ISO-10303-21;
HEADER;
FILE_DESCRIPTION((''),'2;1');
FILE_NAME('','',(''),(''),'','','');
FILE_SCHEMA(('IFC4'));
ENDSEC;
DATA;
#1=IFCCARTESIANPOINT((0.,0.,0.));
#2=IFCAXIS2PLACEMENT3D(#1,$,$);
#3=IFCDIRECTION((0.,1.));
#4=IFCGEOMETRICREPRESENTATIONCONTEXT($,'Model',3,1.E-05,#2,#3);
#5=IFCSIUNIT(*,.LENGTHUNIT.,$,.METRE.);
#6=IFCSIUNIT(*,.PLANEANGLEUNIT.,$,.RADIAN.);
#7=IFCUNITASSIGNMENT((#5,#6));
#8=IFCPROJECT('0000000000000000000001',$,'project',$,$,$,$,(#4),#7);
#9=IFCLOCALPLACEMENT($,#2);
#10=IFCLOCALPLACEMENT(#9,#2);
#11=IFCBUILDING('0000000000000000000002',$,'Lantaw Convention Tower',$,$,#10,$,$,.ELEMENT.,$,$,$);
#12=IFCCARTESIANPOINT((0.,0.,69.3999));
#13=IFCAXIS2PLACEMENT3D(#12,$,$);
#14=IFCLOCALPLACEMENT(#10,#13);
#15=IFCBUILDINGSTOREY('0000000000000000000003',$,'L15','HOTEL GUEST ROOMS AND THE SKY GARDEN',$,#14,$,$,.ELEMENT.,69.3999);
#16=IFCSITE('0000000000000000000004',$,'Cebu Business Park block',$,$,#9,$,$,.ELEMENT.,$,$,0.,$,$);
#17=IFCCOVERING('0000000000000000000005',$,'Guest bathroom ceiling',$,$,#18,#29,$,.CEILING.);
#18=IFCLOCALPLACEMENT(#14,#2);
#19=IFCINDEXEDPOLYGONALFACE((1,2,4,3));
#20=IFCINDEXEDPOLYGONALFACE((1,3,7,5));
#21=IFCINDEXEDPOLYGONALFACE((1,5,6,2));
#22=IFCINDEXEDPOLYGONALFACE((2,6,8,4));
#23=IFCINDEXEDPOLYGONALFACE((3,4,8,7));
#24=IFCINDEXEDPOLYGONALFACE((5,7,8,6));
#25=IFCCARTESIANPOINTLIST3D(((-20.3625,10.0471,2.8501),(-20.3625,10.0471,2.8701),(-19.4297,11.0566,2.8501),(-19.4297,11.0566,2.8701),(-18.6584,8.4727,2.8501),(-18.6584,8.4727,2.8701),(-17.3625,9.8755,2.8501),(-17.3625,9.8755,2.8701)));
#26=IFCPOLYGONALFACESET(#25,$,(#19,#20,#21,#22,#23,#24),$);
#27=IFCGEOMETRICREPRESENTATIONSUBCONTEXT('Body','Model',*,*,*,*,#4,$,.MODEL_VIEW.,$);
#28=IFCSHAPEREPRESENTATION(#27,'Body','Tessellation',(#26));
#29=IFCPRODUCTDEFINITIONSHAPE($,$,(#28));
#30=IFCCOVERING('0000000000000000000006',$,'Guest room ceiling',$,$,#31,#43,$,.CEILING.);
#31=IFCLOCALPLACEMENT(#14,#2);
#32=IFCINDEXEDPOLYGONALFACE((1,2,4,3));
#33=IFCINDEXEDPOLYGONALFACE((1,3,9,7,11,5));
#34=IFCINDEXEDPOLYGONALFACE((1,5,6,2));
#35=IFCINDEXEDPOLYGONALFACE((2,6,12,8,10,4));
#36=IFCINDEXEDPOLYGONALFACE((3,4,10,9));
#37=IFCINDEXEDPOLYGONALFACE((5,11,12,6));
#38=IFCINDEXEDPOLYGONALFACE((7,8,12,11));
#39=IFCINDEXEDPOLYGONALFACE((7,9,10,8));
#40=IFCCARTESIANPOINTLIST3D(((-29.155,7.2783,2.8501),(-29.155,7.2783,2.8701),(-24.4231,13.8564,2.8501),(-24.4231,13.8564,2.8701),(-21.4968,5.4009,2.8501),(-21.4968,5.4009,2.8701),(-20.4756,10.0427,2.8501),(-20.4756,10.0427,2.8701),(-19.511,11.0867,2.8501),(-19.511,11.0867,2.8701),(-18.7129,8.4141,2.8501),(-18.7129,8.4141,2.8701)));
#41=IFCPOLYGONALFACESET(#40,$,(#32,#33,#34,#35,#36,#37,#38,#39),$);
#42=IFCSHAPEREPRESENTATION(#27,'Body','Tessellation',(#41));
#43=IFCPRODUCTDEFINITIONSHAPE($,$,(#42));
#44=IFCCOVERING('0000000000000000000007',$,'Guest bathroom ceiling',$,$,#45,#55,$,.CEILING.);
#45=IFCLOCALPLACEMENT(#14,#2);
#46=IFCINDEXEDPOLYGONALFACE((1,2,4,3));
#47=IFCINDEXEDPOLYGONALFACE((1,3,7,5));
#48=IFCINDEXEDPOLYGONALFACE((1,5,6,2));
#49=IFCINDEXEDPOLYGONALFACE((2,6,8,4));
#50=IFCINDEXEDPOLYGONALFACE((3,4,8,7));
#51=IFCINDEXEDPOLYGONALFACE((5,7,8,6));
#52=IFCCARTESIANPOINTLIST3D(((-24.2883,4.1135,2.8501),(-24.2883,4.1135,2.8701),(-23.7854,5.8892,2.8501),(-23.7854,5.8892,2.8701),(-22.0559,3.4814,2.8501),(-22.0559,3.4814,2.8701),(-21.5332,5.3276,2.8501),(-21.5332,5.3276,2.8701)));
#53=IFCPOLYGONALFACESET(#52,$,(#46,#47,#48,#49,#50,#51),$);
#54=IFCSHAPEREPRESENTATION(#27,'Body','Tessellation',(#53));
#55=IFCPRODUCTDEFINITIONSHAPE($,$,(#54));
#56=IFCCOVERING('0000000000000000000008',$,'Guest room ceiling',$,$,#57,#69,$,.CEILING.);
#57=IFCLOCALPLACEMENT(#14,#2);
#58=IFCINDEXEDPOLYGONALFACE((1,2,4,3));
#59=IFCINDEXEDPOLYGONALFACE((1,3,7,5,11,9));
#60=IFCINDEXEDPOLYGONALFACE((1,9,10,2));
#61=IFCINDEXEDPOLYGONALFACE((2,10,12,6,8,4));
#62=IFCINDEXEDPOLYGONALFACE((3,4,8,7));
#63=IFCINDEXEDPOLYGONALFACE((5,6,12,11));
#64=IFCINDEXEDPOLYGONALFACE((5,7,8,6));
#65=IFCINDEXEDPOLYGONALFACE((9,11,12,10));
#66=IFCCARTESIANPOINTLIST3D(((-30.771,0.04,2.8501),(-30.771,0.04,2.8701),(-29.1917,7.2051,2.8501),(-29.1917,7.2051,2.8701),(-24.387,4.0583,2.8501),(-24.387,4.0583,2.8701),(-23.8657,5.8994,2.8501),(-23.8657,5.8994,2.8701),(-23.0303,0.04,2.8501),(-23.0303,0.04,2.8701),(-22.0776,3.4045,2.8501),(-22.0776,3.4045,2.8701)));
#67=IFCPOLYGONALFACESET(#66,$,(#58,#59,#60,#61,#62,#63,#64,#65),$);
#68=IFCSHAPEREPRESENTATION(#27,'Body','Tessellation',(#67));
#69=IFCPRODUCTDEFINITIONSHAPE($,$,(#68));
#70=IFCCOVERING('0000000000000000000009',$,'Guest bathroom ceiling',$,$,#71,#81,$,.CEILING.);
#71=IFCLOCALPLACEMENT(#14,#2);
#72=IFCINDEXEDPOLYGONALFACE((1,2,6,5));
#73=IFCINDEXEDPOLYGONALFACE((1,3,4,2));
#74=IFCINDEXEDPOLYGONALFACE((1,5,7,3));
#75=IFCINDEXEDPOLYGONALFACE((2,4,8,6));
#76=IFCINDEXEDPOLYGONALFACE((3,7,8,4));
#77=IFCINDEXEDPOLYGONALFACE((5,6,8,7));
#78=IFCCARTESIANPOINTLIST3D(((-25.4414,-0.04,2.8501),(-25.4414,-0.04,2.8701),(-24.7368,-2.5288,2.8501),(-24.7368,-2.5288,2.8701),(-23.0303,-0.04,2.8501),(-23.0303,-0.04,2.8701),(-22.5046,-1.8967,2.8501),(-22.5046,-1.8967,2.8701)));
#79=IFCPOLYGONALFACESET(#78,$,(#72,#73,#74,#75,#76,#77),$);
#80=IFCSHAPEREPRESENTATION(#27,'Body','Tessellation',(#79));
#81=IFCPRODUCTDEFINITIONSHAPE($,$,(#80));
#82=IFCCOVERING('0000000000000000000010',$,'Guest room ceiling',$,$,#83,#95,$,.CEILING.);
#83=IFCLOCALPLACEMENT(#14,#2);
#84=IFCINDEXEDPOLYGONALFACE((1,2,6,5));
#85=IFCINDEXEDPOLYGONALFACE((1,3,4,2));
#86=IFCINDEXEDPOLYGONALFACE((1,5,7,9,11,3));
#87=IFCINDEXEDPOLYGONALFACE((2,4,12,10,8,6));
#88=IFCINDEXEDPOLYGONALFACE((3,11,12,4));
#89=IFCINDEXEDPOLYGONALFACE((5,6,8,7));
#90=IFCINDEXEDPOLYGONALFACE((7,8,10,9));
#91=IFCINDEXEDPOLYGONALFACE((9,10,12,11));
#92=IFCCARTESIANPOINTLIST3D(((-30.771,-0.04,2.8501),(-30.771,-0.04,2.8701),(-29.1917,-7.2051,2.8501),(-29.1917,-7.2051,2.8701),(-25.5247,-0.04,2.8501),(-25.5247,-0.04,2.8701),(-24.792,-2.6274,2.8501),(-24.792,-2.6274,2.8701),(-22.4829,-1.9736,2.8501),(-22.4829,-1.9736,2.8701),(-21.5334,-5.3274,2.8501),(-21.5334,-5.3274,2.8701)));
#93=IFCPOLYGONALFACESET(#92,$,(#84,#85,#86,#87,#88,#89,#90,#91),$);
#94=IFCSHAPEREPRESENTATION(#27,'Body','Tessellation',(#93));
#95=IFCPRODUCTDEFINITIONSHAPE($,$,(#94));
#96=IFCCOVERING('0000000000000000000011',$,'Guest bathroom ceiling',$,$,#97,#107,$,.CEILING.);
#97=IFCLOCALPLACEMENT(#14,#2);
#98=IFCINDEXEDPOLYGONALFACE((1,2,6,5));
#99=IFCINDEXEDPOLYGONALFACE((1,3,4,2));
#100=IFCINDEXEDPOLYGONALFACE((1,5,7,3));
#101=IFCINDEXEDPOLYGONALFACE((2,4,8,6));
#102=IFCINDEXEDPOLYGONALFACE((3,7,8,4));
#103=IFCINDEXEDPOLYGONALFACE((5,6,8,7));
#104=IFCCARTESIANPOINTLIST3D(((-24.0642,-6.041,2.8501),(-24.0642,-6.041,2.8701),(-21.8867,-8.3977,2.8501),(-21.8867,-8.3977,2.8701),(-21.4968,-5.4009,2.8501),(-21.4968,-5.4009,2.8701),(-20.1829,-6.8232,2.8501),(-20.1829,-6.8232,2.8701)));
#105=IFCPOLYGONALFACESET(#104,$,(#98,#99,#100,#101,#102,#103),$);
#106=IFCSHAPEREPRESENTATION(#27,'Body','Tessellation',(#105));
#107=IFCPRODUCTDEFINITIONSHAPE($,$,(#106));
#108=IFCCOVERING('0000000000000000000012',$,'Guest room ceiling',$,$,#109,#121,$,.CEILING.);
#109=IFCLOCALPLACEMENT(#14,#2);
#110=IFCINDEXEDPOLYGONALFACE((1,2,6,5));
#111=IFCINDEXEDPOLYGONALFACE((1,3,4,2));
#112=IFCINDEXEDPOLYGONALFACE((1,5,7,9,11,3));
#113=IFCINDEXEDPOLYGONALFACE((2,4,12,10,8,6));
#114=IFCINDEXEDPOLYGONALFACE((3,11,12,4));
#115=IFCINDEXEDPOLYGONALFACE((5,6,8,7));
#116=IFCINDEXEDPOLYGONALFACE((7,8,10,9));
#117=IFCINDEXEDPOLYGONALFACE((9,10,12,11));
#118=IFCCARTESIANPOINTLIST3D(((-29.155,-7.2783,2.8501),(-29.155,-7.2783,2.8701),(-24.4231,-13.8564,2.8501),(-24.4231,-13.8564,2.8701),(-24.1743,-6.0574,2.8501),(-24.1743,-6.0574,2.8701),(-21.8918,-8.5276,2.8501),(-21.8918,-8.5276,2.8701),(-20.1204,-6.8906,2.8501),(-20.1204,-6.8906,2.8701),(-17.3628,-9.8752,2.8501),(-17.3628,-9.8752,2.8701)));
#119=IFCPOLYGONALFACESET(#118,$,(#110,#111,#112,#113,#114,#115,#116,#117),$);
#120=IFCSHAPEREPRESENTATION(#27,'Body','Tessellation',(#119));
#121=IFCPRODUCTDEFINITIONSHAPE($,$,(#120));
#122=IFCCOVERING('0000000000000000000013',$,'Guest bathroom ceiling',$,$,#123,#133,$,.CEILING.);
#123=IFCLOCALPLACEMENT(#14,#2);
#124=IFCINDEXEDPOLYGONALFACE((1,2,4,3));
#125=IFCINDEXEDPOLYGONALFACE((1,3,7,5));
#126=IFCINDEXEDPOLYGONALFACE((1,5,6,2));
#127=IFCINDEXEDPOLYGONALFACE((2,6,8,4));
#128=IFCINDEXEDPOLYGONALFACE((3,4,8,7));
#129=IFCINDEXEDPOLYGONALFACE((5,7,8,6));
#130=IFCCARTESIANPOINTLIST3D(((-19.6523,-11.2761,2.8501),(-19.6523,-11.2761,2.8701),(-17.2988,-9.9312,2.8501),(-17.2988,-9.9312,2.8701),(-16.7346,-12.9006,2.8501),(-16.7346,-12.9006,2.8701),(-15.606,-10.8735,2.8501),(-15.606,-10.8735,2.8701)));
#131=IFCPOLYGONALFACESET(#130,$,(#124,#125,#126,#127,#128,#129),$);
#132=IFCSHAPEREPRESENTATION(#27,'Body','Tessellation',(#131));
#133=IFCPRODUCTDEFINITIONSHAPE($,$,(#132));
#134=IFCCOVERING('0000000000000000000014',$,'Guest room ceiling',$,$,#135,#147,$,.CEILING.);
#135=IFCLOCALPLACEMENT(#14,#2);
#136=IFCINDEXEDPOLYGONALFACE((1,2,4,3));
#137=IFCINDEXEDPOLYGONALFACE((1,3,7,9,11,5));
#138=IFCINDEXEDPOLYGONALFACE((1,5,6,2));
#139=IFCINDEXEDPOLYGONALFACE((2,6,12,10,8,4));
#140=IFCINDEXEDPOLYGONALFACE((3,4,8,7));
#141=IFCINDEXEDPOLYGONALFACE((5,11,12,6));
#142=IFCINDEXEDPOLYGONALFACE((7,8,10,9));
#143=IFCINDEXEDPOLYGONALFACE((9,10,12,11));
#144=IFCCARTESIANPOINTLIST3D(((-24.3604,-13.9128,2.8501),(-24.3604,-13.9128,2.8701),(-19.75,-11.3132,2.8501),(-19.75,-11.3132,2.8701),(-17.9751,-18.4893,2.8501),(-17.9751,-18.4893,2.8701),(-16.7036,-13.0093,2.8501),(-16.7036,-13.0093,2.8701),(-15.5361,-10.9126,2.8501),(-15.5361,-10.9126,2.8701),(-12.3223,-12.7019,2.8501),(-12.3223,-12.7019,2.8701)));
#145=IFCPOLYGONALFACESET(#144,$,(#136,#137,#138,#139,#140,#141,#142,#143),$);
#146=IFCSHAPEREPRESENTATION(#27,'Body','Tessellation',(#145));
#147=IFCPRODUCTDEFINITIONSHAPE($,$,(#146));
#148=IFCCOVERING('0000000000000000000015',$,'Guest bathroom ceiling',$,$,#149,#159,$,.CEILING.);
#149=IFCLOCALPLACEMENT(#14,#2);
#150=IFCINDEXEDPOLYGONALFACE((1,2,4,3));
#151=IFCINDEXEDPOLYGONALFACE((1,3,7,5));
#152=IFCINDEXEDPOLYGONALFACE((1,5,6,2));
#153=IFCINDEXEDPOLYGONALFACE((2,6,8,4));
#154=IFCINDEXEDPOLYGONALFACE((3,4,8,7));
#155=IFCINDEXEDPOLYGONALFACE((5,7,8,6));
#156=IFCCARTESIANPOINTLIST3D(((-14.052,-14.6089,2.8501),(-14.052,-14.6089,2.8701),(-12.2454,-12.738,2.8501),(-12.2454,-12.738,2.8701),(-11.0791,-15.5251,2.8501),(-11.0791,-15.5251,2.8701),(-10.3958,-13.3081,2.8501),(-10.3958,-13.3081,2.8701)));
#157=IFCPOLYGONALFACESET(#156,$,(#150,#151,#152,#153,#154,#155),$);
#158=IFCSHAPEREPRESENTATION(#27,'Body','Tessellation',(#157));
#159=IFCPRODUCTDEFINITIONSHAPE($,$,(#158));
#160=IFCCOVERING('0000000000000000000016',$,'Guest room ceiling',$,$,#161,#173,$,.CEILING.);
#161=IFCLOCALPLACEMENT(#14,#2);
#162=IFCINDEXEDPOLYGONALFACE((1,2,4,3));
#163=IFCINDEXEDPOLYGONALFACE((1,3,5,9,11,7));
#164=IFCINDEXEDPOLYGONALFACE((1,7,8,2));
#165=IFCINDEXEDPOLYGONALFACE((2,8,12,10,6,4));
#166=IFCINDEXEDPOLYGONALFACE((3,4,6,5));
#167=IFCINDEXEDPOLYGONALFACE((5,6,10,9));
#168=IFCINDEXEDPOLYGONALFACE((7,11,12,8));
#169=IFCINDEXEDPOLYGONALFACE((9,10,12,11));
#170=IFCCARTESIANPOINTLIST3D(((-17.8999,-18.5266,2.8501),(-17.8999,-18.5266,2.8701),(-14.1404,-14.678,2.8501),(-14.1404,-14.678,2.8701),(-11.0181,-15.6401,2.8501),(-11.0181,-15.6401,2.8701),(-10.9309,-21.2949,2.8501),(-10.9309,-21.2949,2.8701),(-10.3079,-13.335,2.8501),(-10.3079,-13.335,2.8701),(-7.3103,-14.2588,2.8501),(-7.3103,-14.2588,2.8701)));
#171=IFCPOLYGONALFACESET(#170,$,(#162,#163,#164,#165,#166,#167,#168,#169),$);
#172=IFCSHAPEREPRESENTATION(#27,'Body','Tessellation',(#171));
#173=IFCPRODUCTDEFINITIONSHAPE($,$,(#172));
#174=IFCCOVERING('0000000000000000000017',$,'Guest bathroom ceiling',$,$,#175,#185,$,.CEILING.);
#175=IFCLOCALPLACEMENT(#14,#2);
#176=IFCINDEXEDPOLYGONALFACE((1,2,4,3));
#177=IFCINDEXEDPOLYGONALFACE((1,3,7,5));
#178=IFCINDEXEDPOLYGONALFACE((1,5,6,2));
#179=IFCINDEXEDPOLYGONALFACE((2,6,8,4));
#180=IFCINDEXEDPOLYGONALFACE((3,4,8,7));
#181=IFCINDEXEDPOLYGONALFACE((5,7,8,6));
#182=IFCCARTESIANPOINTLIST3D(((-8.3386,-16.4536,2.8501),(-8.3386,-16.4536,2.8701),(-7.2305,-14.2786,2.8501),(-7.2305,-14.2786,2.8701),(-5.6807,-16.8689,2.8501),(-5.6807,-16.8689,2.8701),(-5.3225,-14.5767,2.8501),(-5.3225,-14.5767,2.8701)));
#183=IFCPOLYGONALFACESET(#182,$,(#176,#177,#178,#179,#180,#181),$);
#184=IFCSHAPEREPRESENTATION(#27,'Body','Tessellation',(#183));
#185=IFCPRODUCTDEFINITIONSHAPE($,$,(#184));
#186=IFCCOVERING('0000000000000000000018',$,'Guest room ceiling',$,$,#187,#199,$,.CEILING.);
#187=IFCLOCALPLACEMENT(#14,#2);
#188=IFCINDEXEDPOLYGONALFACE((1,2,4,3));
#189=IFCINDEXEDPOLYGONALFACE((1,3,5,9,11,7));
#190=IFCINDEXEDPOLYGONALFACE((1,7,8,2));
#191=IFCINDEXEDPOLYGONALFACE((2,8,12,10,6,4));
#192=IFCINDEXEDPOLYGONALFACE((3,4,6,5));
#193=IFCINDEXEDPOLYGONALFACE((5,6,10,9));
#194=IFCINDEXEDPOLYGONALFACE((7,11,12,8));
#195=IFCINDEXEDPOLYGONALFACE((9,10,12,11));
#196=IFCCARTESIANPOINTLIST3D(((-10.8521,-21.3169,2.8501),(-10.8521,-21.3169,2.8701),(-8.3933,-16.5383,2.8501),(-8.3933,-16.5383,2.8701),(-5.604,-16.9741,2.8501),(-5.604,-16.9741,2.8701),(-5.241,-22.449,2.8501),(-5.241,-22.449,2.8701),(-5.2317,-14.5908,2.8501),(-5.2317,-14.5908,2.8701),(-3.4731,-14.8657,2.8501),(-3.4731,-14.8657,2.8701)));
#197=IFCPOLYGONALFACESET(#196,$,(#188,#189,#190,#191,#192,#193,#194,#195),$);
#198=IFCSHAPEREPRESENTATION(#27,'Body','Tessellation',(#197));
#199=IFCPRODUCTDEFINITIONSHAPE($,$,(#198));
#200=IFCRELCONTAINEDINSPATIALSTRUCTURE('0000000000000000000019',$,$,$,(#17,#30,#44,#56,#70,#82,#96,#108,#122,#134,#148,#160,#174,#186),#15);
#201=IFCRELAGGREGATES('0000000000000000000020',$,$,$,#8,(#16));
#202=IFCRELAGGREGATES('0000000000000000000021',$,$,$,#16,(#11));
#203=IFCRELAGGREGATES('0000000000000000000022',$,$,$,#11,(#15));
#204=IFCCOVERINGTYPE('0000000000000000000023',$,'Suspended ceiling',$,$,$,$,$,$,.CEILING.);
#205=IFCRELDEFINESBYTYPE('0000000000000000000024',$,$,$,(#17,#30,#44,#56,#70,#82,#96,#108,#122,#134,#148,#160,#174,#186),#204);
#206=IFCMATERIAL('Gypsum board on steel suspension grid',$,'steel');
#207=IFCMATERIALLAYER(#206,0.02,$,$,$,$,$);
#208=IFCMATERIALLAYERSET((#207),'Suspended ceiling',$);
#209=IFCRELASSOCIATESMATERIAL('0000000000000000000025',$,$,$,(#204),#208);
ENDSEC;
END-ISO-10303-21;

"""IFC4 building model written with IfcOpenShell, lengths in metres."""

from ifc_helpers import new_model, si_unit, direction, frame, origin, place, context, subcontext, project, spatial, polyline, outline, extrude, material, layer, layer_set, type_object, element, save


model = new_model("IFC4")

# Units and contexts
model_context = context("Model", 3, precision=1e-05, world=origin(), true_north=direction((0.0, 1.0)))
body_context = subcontext(model_context, "Body", "Model", "MODEL_VIEW")
ifc_project = project(units=[si_unit("LENGTHUNIT", "METRE"), si_unit("PLANEANGLEUNIT", "RADIAN")], contexts=[model_context])

# Site, building, storey
site_placement = place(None, origin())
site = spatial("IfcSite", under=ifc_project, at=site_placement, Name="Cebu Business Park block", CompositionType="ELEMENT", RefElevation=0.0)
building_placement = place(site_placement, origin())
building = spatial("IfcBuilding", under=site, at=building_placement, Name="Lantaw Convention Tower", CompositionType="ELEMENT")
storey_placement = place(building_placement, frame((0.0, 0.0, 69.3999)))
storey = spatial("IfcBuildingStorey", under=building, at=storey_placement, Name="L15", Description="HOTEL GUEST ROOMS AND THE SKY GARDEN", CompositionType="ELEMENT", Elevation=69.3999)

# Coverings
ifc_material_1 = material(Name="Gypsum board on steel suspension grid", Category="steel")
ifc_layer_1 = layer(ifc_material_1, 0.02)
ifc_layer_set_1 = layer_set([ifc_layer_1], Name="Suspended ceiling")
covering_type = type_object("IfcCoveringType", Name="Suspended ceiling", PredefinedType="CEILING", material=ifc_layer_set_1)
covering_1_placement = place(storey_placement, frame((0.0, 0.0, 2.8501)))
element("IfcCovering", 1, at=covering_1_placement, inside=storey, type_object=covering_type, Name="Guest bathroom ceiling", PredefinedType="CEILING", context=body_context, shape_type="SweptSolid", body=[
    extrude(outline(polyline([(-17.3625, 9.8755), (-19.4297, 11.0566), (-20.3625, 10.0471), (-18.6584, 8.4727), (-17.3625, 9.8755)])), origin(), (0.0, 0.0, 1.0), 0.02),
])
covering_2_placement = place(storey_placement, frame((0.0, 0.0, 2.8501)))
element("IfcCovering", 2, at=covering_2_placement, inside=storey, type_object=covering_type, Name="Guest room ceiling", PredefinedType="CEILING", context=body_context, shape_type="SweptSolid", body=[
    extrude(outline(polyline([(-21.4968, 5.4009), (-18.7129, 8.4141), (-20.4756, 10.0427), (-19.511, 11.0867), (-24.4231, 13.8564), (-29.155, 7.2783), (-21.4968, 5.4009)])), origin(), (0.0, 0.0, 1.0), 0.02),
])
covering_3_placement = place(storey_placement, frame((0.0, 0.0, 2.8501)))
element("IfcCovering", 3, at=covering_3_placement, inside=storey, type_object=covering_type, Name="Guest bathroom ceiling", PredefinedType="CEILING", context=body_context, shape_type="SweptSolid", body=[
    extrude(outline(polyline([(-21.5332, 5.3276), (-23.7854, 5.8892), (-24.2883, 4.1135), (-22.0559, 3.4814), (-21.5332, 5.3276)])), origin(), (0.0, 0.0, 1.0), 0.02),
])
covering_4_placement = place(storey_placement, frame((0.0, 0.0, 2.8501)))
element("IfcCovering", 4, at=covering_4_placement, inside=storey, type_object=covering_type, Name="Guest room ceiling", PredefinedType="CEILING", context=body_context, shape_type="SweptSolid", body=[
    extrude(outline(polyline([(-23.0303, 0.04), (-22.0776, 3.4045), (-24.387, 4.0583), (-23.8657, 5.8994), (-29.1917, 7.2051), (-30.771, 0.04), (-23.0303, 0.04)])), origin(), (0.0, 0.0, 1.0), 0.02),
])
covering_5_placement = place(storey_placement, frame((0.0, 0.0, 2.8501)))
element("IfcCovering", 5, at=covering_5_placement, inside=storey, type_object=covering_type, Name="Guest bathroom ceiling", PredefinedType="CEILING", context=body_context, shape_type="SweptSolid", body=[
    extrude(outline(polyline([(-23.0303, -0.04), (-25.4414, -0.04), (-24.7368, -2.5288), (-22.5046, -1.8967), (-23.0303, -0.04)])), origin(), (0.0, 0.0, 1.0), 0.02),
])
covering_6_placement = place(storey_placement, frame((0.0, 0.0, 2.8501)))
element("IfcCovering", 6, at=covering_6_placement, inside=storey, type_object=covering_type, Name="Guest room ceiling", PredefinedType="CEILING", context=body_context, shape_type="SweptSolid", body=[
    extrude(outline(polyline([(-22.4829, -1.9736), (-24.792, -2.6274), (-25.5247, -0.04), (-30.771, -0.04), (-29.1917, -7.2051), (-21.5334, -5.3274), (-22.4829, -1.9736)])), origin(), (0.0, 0.0, 1.0), 0.02),
])
covering_7_placement = place(storey_placement, frame((0.0, 0.0, 2.8501)))
element("IfcCovering", 7, at=covering_7_placement, inside=storey, type_object=covering_type, Name="Guest bathroom ceiling", PredefinedType="CEILING", context=body_context, shape_type="SweptSolid", body=[
    extrude(outline(polyline([(-21.4968, -5.4009), (-24.0642, -6.041), (-21.8867, -8.3977), (-20.1829, -6.8232), (-21.4968, -5.4009)])), origin(), (0.0, 0.0, 1.0), 0.02),
])
covering_8_placement = place(storey_placement, frame((0.0, 0.0, 2.8501)))
element("IfcCovering", 8, at=covering_8_placement, inside=storey, type_object=covering_type, Name="Guest room ceiling", PredefinedType="CEILING", context=body_context, shape_type="SweptSolid", body=[
    extrude(outline(polyline([(-17.3628, -9.8752), (-20.1204, -6.8906), (-21.8918, -8.5276), (-24.1743, -6.0574), (-29.155, -7.2783), (-24.4231, -13.8564), (-17.3628, -9.8752)])), origin(), (0.0, 0.0, 1.0), 0.02),
])
covering_9_placement = place(storey_placement, frame((0.0, 0.0, 2.8501)))
element("IfcCovering", 9, at=covering_9_placement, inside=storey, type_object=covering_type, Name="Guest bathroom ceiling", PredefinedType="CEILING", context=body_context, shape_type="SweptSolid", body=[
    extrude(outline(polyline([(-17.2988, -9.9312), (-19.6523, -11.2761), (-16.7346, -12.9006), (-15.606, -10.8735), (-17.2988, -9.9312)])), origin(), (0.0, 0.0, 1.0), 0.02),
])
covering_10_placement = place(storey_placement, frame((0.0, 0.0, 2.8501)))
element("IfcCovering", 10, at=covering_10_placement, inside=storey, type_object=covering_type, Name="Guest room ceiling", PredefinedType="CEILING", context=body_context, shape_type="SweptSolid", body=[
    extrude(outline(polyline([(-19.75, -11.3132), (-24.3604, -13.9128), (-17.9751, -18.4893), (-12.3223, -12.7019), (-15.5361, -10.9126), (-16.7036, -13.0093), (-19.75, -11.3132)])), origin(), (0.0, 0.0, 1.0), 0.02),
])
covering_11_placement = place(storey_placement, frame((0.0, 0.0, 2.8501)))
element("IfcCovering", 11, at=covering_11_placement, inside=storey, type_object=covering_type, Name="Guest bathroom ceiling", PredefinedType="CEILING", context=body_context, shape_type="SweptSolid", body=[
    extrude(outline(polyline([(-12.2454, -12.738), (-14.052, -14.6089), (-11.0791, -15.5251), (-10.3958, -13.3081), (-12.2454, -12.738)])), origin(), (0.0, 0.0, 1.0), 0.02),
])
covering_12_placement = place(storey_placement, frame((0.0, 0.0, 2.8501)))
element("IfcCovering", 12, at=covering_12_placement, inside=storey, type_object=covering_type, Name="Guest room ceiling", PredefinedType="CEILING", context=body_context, shape_type="SweptSolid", body=[
    extrude(outline(polyline([(-14.1404, -14.678), (-17.8999, -18.5266), (-10.9309, -21.2949), (-7.3103, -14.2588), (-10.3079, -13.335), (-11.0181, -15.6401), (-14.1404, -14.678)])), origin(), (0.0, 0.0, 1.0), 0.02),
])
covering_13_placement = place(storey_placement, frame((0.0, 0.0, 2.8501)))
element("IfcCovering", 13, at=covering_13_placement, inside=storey, type_object=covering_type, Name="Guest bathroom ceiling", PredefinedType="CEILING", context=body_context, shape_type="SweptSolid", body=[
    extrude(outline(polyline([(-7.2305, -14.2786), (-8.3386, -16.4536), (-5.6807, -16.8689), (-5.3225, -14.5767), (-7.2305, -14.2786)])), origin(), (0.0, 0.0, 1.0), 0.02),
])
covering_14_placement = place(storey_placement, frame((0.0, 0.0, 2.8501)))
element("IfcCovering", 14, at=covering_14_placement, inside=storey, type_object=covering_type, Name="Guest room ceiling", PredefinedType="CEILING", context=body_context, shape_type="SweptSolid", body=[
    extrude(outline(polyline([(-3.4731, -14.8657), (-5.2317, -14.5908), (-5.604, -16.9741), (-8.3933, -16.5383), (-10.8521, -21.3169), (-5.241, -22.449), (-3.4731, -14.8657)])), origin(), (0.0, 0.0, 1.0), 0.02),
])

save(model, "model.ifc")
